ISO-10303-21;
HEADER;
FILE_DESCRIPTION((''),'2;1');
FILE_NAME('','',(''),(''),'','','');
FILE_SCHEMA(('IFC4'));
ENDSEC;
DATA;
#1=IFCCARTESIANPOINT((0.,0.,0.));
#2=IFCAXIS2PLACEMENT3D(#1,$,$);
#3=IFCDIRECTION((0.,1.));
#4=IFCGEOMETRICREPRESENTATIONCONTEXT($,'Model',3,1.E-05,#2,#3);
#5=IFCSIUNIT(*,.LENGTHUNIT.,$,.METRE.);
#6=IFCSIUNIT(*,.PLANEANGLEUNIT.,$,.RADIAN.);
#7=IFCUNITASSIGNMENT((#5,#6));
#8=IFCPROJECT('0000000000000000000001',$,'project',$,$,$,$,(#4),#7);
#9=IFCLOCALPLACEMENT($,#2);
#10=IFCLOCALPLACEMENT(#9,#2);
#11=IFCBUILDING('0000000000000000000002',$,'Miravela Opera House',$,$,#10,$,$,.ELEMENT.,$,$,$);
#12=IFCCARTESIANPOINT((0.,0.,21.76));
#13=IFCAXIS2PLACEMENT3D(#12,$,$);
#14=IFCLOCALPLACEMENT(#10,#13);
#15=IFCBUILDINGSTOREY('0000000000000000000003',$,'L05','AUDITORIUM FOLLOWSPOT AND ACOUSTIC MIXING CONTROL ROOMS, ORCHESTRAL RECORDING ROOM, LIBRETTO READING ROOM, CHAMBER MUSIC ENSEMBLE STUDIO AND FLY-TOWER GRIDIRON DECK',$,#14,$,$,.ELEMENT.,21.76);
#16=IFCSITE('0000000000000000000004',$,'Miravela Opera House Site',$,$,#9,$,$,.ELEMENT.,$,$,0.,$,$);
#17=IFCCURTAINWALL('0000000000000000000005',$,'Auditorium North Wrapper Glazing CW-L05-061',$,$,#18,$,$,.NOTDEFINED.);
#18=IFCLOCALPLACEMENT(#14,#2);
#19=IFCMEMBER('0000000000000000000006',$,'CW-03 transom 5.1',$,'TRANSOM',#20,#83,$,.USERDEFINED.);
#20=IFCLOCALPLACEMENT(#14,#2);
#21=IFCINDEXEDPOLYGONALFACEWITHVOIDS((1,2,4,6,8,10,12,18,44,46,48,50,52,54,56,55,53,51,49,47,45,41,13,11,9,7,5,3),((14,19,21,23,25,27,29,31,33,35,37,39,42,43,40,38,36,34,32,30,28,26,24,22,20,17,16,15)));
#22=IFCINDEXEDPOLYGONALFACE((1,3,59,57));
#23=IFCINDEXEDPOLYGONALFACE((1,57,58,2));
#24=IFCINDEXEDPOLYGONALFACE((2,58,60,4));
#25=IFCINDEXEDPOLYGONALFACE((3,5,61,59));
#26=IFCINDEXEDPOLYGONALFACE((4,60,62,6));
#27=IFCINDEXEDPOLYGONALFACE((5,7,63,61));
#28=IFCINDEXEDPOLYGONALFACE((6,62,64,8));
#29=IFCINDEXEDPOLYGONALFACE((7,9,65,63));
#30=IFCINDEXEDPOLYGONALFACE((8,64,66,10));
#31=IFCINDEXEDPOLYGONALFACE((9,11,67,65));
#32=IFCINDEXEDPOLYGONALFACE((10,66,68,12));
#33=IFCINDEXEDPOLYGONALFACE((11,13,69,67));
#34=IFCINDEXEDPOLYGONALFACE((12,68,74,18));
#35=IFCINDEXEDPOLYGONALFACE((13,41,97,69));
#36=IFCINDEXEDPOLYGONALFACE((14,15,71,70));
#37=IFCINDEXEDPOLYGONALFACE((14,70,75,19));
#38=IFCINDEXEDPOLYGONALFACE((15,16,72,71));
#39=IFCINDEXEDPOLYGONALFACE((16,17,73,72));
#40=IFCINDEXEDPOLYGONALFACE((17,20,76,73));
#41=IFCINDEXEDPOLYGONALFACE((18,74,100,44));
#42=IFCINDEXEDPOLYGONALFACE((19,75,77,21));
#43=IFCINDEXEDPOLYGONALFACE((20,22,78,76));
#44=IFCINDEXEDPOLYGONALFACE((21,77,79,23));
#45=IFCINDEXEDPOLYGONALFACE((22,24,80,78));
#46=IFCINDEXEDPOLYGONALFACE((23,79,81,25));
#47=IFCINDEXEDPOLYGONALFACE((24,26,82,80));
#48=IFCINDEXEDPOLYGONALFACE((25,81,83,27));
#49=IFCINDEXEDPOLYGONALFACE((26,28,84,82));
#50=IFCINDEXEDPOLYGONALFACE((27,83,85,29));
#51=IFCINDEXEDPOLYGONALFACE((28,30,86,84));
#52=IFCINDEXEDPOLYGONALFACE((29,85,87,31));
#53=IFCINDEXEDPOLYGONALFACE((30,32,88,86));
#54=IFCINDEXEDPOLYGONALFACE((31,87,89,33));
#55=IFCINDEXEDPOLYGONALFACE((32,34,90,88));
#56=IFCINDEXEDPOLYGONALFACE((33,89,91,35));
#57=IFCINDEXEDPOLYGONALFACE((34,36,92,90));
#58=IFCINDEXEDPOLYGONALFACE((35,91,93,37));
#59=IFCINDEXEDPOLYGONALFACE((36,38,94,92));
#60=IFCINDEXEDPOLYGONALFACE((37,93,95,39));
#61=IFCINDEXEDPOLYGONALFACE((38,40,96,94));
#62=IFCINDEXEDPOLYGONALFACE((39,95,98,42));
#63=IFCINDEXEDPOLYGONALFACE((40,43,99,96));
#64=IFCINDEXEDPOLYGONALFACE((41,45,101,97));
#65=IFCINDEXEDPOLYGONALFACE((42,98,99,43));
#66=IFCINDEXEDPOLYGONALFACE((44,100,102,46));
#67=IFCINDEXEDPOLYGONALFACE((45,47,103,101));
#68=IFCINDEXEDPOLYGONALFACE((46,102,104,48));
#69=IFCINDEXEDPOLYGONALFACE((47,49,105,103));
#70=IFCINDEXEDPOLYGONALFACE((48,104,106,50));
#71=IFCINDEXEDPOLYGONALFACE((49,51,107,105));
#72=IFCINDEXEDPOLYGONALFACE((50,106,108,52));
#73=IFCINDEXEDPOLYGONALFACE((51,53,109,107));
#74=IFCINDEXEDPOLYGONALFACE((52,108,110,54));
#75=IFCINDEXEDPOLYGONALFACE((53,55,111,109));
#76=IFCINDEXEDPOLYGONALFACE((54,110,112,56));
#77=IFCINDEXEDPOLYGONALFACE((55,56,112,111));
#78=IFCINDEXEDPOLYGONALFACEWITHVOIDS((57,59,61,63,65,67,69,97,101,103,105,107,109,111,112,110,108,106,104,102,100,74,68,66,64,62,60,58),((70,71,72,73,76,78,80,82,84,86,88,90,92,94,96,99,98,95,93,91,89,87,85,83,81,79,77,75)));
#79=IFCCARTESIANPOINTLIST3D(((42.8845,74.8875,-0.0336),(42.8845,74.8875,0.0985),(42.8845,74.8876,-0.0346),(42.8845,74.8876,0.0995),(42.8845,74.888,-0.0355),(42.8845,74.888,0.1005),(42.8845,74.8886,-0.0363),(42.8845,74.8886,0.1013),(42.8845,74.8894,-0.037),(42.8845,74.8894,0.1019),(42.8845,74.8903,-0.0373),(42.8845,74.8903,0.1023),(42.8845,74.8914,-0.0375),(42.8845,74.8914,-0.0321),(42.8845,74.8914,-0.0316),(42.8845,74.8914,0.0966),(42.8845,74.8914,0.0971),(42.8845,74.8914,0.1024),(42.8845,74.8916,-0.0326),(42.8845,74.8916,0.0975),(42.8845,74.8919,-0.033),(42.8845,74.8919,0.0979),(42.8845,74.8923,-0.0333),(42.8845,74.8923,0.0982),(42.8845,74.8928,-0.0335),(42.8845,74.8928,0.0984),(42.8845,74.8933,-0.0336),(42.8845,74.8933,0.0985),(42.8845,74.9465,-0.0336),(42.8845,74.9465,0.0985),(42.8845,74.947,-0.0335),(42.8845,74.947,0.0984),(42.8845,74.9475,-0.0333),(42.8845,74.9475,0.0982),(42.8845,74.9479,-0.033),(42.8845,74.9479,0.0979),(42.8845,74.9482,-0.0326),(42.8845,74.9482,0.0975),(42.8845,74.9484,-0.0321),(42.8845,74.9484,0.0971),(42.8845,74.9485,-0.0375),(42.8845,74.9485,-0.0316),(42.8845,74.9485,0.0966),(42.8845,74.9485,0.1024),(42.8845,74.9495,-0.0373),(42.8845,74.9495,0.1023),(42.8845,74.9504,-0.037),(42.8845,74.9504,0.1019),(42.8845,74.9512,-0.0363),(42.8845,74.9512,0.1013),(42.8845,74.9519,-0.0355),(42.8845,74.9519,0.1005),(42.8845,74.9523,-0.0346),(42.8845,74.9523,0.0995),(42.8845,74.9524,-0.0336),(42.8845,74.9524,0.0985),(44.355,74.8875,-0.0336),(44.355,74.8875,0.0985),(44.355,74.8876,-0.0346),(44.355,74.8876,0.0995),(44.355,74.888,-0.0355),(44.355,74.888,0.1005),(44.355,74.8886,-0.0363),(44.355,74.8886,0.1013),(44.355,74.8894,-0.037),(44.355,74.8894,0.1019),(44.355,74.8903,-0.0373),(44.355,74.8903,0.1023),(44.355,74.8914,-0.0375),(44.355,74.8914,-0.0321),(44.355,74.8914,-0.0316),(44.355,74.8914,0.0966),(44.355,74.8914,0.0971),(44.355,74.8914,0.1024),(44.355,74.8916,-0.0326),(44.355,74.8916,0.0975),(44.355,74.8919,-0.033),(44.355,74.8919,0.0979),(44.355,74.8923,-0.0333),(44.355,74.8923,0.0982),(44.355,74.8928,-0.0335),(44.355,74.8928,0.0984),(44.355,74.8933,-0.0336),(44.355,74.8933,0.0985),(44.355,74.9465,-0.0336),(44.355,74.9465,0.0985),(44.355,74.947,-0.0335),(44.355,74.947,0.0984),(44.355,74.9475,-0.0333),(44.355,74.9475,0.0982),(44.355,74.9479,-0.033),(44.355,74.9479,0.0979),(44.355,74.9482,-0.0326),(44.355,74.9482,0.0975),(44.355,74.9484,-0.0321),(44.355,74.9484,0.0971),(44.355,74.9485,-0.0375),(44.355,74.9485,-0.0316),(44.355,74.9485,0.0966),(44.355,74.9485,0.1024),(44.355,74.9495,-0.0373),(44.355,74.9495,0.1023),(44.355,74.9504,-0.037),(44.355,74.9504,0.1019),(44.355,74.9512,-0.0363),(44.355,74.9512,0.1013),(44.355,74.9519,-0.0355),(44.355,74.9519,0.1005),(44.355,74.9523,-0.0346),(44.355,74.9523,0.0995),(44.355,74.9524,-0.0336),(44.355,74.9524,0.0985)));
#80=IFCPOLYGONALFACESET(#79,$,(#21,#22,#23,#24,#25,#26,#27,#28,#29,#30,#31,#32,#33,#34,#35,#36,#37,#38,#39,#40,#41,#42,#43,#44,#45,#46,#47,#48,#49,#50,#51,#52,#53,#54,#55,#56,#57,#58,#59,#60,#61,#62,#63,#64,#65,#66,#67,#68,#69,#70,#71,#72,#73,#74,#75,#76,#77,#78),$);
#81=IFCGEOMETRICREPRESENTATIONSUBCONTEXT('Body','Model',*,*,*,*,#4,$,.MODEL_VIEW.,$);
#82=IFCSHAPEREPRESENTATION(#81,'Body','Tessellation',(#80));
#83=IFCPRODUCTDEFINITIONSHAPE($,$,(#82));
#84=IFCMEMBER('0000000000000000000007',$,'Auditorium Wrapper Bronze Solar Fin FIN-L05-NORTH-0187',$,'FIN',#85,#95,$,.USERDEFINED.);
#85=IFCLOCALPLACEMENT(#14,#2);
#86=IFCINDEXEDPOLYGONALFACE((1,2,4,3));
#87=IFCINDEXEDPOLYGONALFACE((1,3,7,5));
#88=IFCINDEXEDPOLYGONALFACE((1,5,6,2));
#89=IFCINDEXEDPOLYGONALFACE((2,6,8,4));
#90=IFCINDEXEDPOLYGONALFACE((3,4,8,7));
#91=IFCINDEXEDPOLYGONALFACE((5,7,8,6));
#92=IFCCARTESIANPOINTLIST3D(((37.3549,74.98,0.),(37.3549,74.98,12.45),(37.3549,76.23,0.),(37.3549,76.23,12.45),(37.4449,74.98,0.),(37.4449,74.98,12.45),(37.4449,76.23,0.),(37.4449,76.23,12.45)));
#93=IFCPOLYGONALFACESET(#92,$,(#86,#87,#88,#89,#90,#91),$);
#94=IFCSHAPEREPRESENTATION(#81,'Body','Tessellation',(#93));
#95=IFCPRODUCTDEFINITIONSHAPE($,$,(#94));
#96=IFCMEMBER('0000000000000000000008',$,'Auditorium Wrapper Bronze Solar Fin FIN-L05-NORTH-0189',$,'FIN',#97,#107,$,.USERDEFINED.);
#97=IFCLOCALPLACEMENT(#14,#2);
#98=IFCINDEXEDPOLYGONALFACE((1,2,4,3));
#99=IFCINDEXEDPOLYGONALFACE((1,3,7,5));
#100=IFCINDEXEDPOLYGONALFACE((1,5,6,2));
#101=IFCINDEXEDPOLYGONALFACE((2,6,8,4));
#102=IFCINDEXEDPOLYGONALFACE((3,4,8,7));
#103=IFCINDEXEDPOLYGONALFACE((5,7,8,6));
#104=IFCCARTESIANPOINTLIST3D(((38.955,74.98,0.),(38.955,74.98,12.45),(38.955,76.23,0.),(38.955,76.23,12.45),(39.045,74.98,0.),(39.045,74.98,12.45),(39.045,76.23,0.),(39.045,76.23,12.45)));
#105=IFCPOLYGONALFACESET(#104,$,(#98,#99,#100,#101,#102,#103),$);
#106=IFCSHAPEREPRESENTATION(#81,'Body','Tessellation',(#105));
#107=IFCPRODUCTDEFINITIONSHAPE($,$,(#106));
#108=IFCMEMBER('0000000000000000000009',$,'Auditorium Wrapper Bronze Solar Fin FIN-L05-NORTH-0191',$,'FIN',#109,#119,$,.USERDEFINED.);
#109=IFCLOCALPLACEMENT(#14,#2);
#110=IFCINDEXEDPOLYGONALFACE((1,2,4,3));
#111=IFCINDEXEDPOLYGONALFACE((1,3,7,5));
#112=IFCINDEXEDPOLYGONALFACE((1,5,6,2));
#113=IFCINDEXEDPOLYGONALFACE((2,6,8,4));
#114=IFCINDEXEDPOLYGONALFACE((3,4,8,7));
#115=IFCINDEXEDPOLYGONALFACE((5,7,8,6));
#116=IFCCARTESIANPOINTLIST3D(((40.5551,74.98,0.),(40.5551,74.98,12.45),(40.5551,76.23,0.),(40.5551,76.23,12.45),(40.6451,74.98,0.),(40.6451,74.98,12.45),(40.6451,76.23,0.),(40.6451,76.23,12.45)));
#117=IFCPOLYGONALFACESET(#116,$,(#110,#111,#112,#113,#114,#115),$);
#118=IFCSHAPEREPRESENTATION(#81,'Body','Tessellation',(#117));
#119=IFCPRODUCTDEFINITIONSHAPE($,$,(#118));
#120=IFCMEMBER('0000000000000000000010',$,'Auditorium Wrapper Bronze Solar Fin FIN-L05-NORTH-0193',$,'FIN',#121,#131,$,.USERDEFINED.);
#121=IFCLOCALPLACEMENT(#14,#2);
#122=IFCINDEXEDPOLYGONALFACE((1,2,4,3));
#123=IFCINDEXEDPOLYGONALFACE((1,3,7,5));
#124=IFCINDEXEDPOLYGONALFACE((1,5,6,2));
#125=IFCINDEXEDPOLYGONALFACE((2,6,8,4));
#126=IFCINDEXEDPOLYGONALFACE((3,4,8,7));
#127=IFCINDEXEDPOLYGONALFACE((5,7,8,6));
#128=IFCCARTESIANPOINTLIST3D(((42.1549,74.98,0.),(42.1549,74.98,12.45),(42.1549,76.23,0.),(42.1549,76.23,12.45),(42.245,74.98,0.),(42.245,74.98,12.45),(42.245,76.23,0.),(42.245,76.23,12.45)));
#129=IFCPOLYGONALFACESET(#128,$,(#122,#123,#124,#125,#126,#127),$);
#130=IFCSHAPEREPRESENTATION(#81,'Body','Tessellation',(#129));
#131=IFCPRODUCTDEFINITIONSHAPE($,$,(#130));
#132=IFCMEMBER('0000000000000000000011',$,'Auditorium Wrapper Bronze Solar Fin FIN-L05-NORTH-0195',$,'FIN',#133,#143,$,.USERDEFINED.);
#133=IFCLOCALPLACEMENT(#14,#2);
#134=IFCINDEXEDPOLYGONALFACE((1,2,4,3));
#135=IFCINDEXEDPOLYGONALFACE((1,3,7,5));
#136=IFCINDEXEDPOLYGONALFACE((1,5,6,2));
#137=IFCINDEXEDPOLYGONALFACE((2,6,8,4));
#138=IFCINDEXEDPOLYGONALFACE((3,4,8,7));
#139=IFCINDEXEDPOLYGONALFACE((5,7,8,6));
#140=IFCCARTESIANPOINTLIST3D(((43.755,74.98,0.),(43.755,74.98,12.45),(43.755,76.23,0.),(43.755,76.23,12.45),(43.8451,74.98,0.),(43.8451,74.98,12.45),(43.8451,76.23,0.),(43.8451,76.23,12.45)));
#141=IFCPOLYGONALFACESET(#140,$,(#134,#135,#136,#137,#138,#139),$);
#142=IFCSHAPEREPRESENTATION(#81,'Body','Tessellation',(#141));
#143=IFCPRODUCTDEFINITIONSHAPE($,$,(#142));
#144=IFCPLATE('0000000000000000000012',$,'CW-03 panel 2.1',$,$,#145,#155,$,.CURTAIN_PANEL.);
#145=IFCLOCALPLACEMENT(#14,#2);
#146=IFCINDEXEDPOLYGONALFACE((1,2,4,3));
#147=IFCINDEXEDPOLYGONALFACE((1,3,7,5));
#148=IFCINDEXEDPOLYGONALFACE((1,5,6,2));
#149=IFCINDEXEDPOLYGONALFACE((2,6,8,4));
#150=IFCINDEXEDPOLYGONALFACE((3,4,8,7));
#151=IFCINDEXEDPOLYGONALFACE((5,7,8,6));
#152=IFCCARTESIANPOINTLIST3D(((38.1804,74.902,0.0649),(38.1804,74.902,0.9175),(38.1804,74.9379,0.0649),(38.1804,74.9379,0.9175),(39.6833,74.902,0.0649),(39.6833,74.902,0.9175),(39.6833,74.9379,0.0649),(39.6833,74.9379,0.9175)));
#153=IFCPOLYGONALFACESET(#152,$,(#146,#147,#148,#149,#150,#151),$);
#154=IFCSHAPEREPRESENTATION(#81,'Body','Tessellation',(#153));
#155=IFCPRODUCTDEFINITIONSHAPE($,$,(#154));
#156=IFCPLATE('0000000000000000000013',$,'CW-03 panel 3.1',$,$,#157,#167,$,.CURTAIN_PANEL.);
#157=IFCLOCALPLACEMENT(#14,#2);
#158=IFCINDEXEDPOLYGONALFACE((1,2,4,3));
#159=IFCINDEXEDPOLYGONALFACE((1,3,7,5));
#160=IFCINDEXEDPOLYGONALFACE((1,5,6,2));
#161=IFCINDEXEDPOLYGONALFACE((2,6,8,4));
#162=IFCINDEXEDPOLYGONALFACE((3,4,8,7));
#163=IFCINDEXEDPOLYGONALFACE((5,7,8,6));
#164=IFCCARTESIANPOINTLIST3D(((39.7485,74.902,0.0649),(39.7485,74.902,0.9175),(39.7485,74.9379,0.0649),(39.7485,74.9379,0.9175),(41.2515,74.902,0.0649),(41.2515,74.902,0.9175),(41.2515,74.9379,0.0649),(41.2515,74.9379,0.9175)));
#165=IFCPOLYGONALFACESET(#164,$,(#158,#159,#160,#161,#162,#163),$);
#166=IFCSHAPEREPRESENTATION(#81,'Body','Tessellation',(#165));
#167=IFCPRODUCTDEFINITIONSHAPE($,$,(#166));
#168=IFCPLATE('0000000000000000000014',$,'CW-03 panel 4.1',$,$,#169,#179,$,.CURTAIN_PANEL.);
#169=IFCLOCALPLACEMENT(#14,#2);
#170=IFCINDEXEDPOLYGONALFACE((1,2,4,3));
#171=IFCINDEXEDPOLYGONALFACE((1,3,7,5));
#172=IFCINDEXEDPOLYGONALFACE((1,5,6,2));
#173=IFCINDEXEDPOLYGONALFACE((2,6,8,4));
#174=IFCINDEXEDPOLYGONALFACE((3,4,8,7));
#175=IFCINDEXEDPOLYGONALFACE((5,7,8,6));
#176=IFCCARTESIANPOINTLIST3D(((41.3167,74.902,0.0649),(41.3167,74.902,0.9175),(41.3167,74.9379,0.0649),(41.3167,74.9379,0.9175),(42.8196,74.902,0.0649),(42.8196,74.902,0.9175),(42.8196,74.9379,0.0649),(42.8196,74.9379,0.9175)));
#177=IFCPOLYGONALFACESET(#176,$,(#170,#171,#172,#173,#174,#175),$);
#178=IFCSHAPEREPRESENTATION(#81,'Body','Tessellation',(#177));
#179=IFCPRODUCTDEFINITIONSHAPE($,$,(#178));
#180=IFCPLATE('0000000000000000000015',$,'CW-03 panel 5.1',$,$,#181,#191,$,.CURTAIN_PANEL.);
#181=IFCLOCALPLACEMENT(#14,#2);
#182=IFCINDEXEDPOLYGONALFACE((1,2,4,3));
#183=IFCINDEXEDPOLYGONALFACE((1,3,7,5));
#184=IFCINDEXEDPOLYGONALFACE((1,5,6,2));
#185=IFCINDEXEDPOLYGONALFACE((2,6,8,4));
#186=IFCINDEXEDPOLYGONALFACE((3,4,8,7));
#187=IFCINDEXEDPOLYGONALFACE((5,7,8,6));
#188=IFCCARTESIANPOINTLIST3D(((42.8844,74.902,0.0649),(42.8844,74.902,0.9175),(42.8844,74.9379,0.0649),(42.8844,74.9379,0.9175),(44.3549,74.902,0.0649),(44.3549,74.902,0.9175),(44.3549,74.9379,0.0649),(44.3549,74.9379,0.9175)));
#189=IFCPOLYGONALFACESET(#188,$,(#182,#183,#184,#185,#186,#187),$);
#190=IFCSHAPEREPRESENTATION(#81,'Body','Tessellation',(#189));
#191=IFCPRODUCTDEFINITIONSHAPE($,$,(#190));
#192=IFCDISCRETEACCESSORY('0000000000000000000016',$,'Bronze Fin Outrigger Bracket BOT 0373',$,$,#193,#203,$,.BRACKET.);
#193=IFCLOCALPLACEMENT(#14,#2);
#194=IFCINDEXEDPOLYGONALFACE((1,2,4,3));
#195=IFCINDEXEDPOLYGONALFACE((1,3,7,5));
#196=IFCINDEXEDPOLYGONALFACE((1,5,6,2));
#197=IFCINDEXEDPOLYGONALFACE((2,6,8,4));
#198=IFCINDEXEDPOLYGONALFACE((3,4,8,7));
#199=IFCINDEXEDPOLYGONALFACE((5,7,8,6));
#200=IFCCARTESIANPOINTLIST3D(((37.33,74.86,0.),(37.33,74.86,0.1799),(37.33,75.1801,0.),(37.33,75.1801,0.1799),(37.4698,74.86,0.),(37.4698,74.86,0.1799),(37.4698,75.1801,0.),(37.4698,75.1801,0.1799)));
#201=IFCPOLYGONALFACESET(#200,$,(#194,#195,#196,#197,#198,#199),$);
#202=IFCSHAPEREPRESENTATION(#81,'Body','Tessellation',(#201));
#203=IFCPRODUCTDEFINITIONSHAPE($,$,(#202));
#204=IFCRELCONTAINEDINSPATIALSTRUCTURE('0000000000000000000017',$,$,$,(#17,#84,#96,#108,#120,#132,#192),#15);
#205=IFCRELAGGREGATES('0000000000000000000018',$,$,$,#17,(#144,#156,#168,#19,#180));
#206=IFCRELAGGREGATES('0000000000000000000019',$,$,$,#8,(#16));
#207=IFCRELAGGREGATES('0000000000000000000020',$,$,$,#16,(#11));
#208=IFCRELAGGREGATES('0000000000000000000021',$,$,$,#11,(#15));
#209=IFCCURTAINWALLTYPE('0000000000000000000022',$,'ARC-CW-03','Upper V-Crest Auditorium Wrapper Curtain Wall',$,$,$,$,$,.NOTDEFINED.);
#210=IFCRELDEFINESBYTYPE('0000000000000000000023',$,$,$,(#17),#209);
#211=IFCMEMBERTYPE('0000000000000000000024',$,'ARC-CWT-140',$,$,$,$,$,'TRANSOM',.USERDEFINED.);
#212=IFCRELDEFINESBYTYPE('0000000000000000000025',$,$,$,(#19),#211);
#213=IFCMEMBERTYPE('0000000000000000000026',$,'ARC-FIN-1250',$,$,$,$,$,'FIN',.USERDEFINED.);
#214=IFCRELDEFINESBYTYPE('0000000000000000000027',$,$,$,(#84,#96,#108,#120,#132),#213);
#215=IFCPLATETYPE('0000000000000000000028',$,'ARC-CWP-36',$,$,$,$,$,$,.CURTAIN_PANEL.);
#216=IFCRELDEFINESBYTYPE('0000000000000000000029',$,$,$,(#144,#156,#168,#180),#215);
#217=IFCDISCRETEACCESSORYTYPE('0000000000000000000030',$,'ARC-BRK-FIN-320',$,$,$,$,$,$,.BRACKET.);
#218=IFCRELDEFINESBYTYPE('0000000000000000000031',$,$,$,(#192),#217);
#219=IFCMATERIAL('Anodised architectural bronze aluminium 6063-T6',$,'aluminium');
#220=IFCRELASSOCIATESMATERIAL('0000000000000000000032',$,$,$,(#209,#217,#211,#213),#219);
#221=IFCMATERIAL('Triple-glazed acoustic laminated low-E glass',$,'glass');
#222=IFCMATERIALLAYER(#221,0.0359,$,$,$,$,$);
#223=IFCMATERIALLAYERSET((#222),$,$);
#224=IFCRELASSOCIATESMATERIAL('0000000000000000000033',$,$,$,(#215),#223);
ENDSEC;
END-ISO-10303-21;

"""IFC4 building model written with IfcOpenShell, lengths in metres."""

from ifc_helpers import new_model, si_unit, direction, frame, origin, origin_2d, place, context, subcontext, project, spatial, rectangle, hollow_rectangle, extrude, material, layer, layer_set, material_profile, profile_set, type_object, element, aggregate, save


model = new_model("IFC4")

# Units and contexts
model_context = context("Model", 3, precision=1e-05, world=origin(), true_north=direction((0.0, 1.0)))
body_context = subcontext(model_context, "Body", "Model", "MODEL_VIEW")
ifc_project = project(units=[si_unit("LENGTHUNIT", "METRE"), si_unit("PLANEANGLEUNIT", "RADIAN")], contexts=[model_context])

# Site, building, storey
site_placement = place(None, origin())
site = spatial("IfcSite", under=ifc_project, at=site_placement, Name="Miravela Opera House Site", CompositionType="ELEMENT", RefElevation=0.0)
building_placement = place(site_placement, origin())
building = spatial("IfcBuilding", under=site, at=building_placement, Name="Miravela Opera House", CompositionType="ELEMENT")
storey_placement = place(building_placement, frame((0.0, 0.0, 21.76)))
storey = spatial("IfcBuildingStorey", under=building, at=storey_placement, Name="L05", Description="AUDITORIUM FOLLOWSPOT AND ACOUSTIC MIXING CONTROL ROOMS, ORCHESTRAL RECORDING ROOM, LIBRETTO READING ROOM, CHAMBER MUSIC ENSEMBLE STUDIO AND FLY-TOWER GRIDIRON DECK", CompositionType="ELEMENT", Elevation=21.76)

# Curtain wall, member
ifc_material_1 = material(Name="Anodised architectural bronze aluminium 6063-T6", Category="aluminium")
curtain_wall_type = type_object("IfcCurtainWallType", Name="ARC-CW-03", Description="Upper V-Crest Auditorium Wrapper Curtain Wall", PredefinedType="NOTDEFINED", material=ifc_material_1)
curtain_wall_placement = place(storey_placement, origin())
curtain_wall = element("IfcCurtainWall", 1, at=curtain_wall_placement, inside=storey, type_object=curtain_wall_type, Name="Auditorium North Wrapper Glazing CW-L05-061", PredefinedType="NOTDEFINED")
ifc_material_profile_1 = material_profile(ifc_material_1, hollow_rectangle(XDim=0.0649, YDim=0.1399, WallThickness=0.0039, InnerFilletRadius=0.002, OuterFilletRadius=0.0039, at=origin_2d()), Name="CWT-65X140")
ifc_profile_set_1 = profile_set([ifc_material_profile_1])
member_type_1 = type_object("IfcMemberType", Name="ARC-CWT-140", ElementType="TRANSOM", PredefinedType="USERDEFINED", material=ifc_profile_set_1)
member_1_placement = place(storey_placement, frame((42.8845, 74.9199, 0.0325), z_axis=(1.0, 0.0, 0.0), x_axis=(0.0, 1.0, 0.0)))
member_1 = element("IfcMember", 2, at=member_1_placement, type_object=member_type_1, Name="CW-03 transom 5.1", ObjectType="TRANSOM", PredefinedType="USERDEFINED", context=body_context, shape_type="SweptSolid", body=[
    extrude(hollow_rectangle(XDim=0.0649, YDim=0.1399, WallThickness=0.0039, InnerFilletRadius=0.002, OuterFilletRadius=0.0039, at=origin_2d()), origin(), (0.0, 0.0, 1.0), 1.4705),
])

# Members
ifc_material_profile_2 = material_profile(ifc_material_1, rectangle(XDim=0.0901, YDim=1.25, at=origin_2d()), Name="FIN-1250X90")
ifc_profile_set_2 = profile_set([ifc_material_profile_2])
member_type_2 = type_object("IfcMemberType", Name="ARC-FIN-1250", ElementType="FIN", PredefinedType="USERDEFINED", material=ifc_profile_set_2)
for number, where, z_axis, x_axis, name in (
    (3, (37.3999, 75.605, 0.0), (0.0, 0.0, 1.0), (1.0, 0.0, 0.0), "Auditorium Wrapper Bronze Solar Fin FIN-L05-NORTH-0187"),
    (4, (39.0, 75.605, 0.0), (0.0, 0.0, 1.0), (1.0, 0.0, 0.0), "Auditorium Wrapper Bronze Solar Fin FIN-L05-NORTH-0189"),
    (5, (40.6001, 75.605, 0.0), (0.0, 0.0, 1.0), (1.0, 0.0, 0.0), "Auditorium Wrapper Bronze Solar Fin FIN-L05-NORTH-0191"),
    (6, (42.2, 75.605, 0.0), (0.0, 0.0, 1.0), (1.0, 0.0, 0.0), "Auditorium Wrapper Bronze Solar Fin FIN-L05-NORTH-0193"),
    (7, (43.8, 75.605, 0.0), (0.0, 0.0, 1.0), (1.0, 0.0, 0.0), "Auditorium Wrapper Bronze Solar Fin FIN-L05-NORTH-0195"),
):
    element("IfcMember", number, at=place(storey_placement, frame(where, z_axis=z_axis, x_axis=x_axis)), inside=storey, type_object=member_type_2, Name=name, ObjectType="FIN", PredefinedType="USERDEFINED", context=body_context, shape_type="SweptSolid", body=[
        extrude(rectangle(XDim=0.0901, YDim=1.25, at=origin_2d()), origin(), (0.0, 0.0, 1.0), 12.45),
    ])

# Plates
ifc_material_2 = material(Name="Triple-glazed acoustic laminated low-E glass", Category="glass")
ifc_layer = layer(ifc_material_2, 0.0359)
ifc_layer_set = layer_set([ifc_layer])
plate_type = type_object("IfcPlateType", Name="ARC-CWP-36", PredefinedType="CURTAIN_PANEL", material=ifc_layer_set)
plate_1_placement = place(storey_placement, frame((38.9319, 74.9199, 0.0649), z_axis=(0.0, 0.0, 1.0), x_axis=(1.0, 0.0, 0.0)))
plate_1 = element("IfcPlate", 8, at=plate_1_placement, type_object=plate_type, Name="CW-03 panel 2.1", PredefinedType="CURTAIN_PANEL", context=body_context, shape_type="SweptSolid", body=[
    extrude(rectangle(XDim=1.5029, YDim=0.0359, at=origin_2d()), origin(), (0.0, 0.0, 1.0), 0.8525),
])
plate_2_placement = place(storey_placement, frame((40.5, 74.9199, 0.0649), z_axis=(0.0, 0.0, 1.0), x_axis=(1.0, 0.0, 0.0)))
plate_2 = element("IfcPlate", 9, at=plate_2_placement, type_object=plate_type, Name="CW-03 panel 3.1", PredefinedType="CURTAIN_PANEL", context=body_context, shape_type="SweptSolid", body=[
    extrude(rectangle(XDim=1.5029, YDim=0.0359, at=origin_2d()), origin(), (0.0, 0.0, 1.0), 0.8525),
])
plate_3_placement = place(storey_placement, frame((42.0681, 74.9199, 0.0649), z_axis=(0.0, 0.0, 1.0), x_axis=(1.0, 0.0, 0.0)))
plate_3 = element("IfcPlate", 10, at=plate_3_placement, type_object=plate_type, Name="CW-03 panel 4.1", PredefinedType="CURTAIN_PANEL", context=body_context, shape_type="SweptSolid", body=[
    extrude(rectangle(XDim=1.5029, YDim=0.0359, at=origin_2d()), origin(), (0.0, 0.0, 1.0), 0.8525),
])
plate_4_placement = place(storey_placement, frame((43.6196, 74.9199, 0.0649), z_axis=(0.0, 0.0, 1.0), x_axis=(1.0, 0.0, 0.0)))
plate_4 = element("IfcPlate", 11, at=plate_4_placement, type_object=plate_type, Name="CW-03 panel 5.1", PredefinedType="CURTAIN_PANEL", context=body_context, shape_type="SweptSolid", body=[
    extrude(rectangle(XDim=1.4705, YDim=0.0359, at=origin_2d()), origin(), (0.0, 0.0, 1.0), 0.8525),
])
aggregate(curtain_wall, [plate_1, plate_2, plate_3, member_1, plate_4])

# Discrete accessory
discrete_accessory_type = type_object("IfcDiscreteAccessoryType", Name="ARC-BRK-FIN-320", PredefinedType="BRACKET", material=ifc_material_1)
for number, where, z_axis, x_axis, name in (
    (12, (37.3999, 75.02, 0.0), (0.0, 0.0, 1.0), (0.0, 1.0, 0.0), "Bronze Fin Outrigger Bracket BOT 0373"),
):
    element("IfcDiscreteAccessory", number, at=place(storey_placement, frame(where, z_axis=z_axis, x_axis=x_axis)), inside=storey, type_object=discrete_accessory_type, Name=name, PredefinedType="BRACKET", context=body_context, shape_type="SweptSolid", body=[
        extrude(rectangle(XDim=0.3201, YDim=0.1399, at=origin_2d()), origin(), (0.0, 0.0, 1.0), 0.1799),
    ])

save(model, "model.ifc")
